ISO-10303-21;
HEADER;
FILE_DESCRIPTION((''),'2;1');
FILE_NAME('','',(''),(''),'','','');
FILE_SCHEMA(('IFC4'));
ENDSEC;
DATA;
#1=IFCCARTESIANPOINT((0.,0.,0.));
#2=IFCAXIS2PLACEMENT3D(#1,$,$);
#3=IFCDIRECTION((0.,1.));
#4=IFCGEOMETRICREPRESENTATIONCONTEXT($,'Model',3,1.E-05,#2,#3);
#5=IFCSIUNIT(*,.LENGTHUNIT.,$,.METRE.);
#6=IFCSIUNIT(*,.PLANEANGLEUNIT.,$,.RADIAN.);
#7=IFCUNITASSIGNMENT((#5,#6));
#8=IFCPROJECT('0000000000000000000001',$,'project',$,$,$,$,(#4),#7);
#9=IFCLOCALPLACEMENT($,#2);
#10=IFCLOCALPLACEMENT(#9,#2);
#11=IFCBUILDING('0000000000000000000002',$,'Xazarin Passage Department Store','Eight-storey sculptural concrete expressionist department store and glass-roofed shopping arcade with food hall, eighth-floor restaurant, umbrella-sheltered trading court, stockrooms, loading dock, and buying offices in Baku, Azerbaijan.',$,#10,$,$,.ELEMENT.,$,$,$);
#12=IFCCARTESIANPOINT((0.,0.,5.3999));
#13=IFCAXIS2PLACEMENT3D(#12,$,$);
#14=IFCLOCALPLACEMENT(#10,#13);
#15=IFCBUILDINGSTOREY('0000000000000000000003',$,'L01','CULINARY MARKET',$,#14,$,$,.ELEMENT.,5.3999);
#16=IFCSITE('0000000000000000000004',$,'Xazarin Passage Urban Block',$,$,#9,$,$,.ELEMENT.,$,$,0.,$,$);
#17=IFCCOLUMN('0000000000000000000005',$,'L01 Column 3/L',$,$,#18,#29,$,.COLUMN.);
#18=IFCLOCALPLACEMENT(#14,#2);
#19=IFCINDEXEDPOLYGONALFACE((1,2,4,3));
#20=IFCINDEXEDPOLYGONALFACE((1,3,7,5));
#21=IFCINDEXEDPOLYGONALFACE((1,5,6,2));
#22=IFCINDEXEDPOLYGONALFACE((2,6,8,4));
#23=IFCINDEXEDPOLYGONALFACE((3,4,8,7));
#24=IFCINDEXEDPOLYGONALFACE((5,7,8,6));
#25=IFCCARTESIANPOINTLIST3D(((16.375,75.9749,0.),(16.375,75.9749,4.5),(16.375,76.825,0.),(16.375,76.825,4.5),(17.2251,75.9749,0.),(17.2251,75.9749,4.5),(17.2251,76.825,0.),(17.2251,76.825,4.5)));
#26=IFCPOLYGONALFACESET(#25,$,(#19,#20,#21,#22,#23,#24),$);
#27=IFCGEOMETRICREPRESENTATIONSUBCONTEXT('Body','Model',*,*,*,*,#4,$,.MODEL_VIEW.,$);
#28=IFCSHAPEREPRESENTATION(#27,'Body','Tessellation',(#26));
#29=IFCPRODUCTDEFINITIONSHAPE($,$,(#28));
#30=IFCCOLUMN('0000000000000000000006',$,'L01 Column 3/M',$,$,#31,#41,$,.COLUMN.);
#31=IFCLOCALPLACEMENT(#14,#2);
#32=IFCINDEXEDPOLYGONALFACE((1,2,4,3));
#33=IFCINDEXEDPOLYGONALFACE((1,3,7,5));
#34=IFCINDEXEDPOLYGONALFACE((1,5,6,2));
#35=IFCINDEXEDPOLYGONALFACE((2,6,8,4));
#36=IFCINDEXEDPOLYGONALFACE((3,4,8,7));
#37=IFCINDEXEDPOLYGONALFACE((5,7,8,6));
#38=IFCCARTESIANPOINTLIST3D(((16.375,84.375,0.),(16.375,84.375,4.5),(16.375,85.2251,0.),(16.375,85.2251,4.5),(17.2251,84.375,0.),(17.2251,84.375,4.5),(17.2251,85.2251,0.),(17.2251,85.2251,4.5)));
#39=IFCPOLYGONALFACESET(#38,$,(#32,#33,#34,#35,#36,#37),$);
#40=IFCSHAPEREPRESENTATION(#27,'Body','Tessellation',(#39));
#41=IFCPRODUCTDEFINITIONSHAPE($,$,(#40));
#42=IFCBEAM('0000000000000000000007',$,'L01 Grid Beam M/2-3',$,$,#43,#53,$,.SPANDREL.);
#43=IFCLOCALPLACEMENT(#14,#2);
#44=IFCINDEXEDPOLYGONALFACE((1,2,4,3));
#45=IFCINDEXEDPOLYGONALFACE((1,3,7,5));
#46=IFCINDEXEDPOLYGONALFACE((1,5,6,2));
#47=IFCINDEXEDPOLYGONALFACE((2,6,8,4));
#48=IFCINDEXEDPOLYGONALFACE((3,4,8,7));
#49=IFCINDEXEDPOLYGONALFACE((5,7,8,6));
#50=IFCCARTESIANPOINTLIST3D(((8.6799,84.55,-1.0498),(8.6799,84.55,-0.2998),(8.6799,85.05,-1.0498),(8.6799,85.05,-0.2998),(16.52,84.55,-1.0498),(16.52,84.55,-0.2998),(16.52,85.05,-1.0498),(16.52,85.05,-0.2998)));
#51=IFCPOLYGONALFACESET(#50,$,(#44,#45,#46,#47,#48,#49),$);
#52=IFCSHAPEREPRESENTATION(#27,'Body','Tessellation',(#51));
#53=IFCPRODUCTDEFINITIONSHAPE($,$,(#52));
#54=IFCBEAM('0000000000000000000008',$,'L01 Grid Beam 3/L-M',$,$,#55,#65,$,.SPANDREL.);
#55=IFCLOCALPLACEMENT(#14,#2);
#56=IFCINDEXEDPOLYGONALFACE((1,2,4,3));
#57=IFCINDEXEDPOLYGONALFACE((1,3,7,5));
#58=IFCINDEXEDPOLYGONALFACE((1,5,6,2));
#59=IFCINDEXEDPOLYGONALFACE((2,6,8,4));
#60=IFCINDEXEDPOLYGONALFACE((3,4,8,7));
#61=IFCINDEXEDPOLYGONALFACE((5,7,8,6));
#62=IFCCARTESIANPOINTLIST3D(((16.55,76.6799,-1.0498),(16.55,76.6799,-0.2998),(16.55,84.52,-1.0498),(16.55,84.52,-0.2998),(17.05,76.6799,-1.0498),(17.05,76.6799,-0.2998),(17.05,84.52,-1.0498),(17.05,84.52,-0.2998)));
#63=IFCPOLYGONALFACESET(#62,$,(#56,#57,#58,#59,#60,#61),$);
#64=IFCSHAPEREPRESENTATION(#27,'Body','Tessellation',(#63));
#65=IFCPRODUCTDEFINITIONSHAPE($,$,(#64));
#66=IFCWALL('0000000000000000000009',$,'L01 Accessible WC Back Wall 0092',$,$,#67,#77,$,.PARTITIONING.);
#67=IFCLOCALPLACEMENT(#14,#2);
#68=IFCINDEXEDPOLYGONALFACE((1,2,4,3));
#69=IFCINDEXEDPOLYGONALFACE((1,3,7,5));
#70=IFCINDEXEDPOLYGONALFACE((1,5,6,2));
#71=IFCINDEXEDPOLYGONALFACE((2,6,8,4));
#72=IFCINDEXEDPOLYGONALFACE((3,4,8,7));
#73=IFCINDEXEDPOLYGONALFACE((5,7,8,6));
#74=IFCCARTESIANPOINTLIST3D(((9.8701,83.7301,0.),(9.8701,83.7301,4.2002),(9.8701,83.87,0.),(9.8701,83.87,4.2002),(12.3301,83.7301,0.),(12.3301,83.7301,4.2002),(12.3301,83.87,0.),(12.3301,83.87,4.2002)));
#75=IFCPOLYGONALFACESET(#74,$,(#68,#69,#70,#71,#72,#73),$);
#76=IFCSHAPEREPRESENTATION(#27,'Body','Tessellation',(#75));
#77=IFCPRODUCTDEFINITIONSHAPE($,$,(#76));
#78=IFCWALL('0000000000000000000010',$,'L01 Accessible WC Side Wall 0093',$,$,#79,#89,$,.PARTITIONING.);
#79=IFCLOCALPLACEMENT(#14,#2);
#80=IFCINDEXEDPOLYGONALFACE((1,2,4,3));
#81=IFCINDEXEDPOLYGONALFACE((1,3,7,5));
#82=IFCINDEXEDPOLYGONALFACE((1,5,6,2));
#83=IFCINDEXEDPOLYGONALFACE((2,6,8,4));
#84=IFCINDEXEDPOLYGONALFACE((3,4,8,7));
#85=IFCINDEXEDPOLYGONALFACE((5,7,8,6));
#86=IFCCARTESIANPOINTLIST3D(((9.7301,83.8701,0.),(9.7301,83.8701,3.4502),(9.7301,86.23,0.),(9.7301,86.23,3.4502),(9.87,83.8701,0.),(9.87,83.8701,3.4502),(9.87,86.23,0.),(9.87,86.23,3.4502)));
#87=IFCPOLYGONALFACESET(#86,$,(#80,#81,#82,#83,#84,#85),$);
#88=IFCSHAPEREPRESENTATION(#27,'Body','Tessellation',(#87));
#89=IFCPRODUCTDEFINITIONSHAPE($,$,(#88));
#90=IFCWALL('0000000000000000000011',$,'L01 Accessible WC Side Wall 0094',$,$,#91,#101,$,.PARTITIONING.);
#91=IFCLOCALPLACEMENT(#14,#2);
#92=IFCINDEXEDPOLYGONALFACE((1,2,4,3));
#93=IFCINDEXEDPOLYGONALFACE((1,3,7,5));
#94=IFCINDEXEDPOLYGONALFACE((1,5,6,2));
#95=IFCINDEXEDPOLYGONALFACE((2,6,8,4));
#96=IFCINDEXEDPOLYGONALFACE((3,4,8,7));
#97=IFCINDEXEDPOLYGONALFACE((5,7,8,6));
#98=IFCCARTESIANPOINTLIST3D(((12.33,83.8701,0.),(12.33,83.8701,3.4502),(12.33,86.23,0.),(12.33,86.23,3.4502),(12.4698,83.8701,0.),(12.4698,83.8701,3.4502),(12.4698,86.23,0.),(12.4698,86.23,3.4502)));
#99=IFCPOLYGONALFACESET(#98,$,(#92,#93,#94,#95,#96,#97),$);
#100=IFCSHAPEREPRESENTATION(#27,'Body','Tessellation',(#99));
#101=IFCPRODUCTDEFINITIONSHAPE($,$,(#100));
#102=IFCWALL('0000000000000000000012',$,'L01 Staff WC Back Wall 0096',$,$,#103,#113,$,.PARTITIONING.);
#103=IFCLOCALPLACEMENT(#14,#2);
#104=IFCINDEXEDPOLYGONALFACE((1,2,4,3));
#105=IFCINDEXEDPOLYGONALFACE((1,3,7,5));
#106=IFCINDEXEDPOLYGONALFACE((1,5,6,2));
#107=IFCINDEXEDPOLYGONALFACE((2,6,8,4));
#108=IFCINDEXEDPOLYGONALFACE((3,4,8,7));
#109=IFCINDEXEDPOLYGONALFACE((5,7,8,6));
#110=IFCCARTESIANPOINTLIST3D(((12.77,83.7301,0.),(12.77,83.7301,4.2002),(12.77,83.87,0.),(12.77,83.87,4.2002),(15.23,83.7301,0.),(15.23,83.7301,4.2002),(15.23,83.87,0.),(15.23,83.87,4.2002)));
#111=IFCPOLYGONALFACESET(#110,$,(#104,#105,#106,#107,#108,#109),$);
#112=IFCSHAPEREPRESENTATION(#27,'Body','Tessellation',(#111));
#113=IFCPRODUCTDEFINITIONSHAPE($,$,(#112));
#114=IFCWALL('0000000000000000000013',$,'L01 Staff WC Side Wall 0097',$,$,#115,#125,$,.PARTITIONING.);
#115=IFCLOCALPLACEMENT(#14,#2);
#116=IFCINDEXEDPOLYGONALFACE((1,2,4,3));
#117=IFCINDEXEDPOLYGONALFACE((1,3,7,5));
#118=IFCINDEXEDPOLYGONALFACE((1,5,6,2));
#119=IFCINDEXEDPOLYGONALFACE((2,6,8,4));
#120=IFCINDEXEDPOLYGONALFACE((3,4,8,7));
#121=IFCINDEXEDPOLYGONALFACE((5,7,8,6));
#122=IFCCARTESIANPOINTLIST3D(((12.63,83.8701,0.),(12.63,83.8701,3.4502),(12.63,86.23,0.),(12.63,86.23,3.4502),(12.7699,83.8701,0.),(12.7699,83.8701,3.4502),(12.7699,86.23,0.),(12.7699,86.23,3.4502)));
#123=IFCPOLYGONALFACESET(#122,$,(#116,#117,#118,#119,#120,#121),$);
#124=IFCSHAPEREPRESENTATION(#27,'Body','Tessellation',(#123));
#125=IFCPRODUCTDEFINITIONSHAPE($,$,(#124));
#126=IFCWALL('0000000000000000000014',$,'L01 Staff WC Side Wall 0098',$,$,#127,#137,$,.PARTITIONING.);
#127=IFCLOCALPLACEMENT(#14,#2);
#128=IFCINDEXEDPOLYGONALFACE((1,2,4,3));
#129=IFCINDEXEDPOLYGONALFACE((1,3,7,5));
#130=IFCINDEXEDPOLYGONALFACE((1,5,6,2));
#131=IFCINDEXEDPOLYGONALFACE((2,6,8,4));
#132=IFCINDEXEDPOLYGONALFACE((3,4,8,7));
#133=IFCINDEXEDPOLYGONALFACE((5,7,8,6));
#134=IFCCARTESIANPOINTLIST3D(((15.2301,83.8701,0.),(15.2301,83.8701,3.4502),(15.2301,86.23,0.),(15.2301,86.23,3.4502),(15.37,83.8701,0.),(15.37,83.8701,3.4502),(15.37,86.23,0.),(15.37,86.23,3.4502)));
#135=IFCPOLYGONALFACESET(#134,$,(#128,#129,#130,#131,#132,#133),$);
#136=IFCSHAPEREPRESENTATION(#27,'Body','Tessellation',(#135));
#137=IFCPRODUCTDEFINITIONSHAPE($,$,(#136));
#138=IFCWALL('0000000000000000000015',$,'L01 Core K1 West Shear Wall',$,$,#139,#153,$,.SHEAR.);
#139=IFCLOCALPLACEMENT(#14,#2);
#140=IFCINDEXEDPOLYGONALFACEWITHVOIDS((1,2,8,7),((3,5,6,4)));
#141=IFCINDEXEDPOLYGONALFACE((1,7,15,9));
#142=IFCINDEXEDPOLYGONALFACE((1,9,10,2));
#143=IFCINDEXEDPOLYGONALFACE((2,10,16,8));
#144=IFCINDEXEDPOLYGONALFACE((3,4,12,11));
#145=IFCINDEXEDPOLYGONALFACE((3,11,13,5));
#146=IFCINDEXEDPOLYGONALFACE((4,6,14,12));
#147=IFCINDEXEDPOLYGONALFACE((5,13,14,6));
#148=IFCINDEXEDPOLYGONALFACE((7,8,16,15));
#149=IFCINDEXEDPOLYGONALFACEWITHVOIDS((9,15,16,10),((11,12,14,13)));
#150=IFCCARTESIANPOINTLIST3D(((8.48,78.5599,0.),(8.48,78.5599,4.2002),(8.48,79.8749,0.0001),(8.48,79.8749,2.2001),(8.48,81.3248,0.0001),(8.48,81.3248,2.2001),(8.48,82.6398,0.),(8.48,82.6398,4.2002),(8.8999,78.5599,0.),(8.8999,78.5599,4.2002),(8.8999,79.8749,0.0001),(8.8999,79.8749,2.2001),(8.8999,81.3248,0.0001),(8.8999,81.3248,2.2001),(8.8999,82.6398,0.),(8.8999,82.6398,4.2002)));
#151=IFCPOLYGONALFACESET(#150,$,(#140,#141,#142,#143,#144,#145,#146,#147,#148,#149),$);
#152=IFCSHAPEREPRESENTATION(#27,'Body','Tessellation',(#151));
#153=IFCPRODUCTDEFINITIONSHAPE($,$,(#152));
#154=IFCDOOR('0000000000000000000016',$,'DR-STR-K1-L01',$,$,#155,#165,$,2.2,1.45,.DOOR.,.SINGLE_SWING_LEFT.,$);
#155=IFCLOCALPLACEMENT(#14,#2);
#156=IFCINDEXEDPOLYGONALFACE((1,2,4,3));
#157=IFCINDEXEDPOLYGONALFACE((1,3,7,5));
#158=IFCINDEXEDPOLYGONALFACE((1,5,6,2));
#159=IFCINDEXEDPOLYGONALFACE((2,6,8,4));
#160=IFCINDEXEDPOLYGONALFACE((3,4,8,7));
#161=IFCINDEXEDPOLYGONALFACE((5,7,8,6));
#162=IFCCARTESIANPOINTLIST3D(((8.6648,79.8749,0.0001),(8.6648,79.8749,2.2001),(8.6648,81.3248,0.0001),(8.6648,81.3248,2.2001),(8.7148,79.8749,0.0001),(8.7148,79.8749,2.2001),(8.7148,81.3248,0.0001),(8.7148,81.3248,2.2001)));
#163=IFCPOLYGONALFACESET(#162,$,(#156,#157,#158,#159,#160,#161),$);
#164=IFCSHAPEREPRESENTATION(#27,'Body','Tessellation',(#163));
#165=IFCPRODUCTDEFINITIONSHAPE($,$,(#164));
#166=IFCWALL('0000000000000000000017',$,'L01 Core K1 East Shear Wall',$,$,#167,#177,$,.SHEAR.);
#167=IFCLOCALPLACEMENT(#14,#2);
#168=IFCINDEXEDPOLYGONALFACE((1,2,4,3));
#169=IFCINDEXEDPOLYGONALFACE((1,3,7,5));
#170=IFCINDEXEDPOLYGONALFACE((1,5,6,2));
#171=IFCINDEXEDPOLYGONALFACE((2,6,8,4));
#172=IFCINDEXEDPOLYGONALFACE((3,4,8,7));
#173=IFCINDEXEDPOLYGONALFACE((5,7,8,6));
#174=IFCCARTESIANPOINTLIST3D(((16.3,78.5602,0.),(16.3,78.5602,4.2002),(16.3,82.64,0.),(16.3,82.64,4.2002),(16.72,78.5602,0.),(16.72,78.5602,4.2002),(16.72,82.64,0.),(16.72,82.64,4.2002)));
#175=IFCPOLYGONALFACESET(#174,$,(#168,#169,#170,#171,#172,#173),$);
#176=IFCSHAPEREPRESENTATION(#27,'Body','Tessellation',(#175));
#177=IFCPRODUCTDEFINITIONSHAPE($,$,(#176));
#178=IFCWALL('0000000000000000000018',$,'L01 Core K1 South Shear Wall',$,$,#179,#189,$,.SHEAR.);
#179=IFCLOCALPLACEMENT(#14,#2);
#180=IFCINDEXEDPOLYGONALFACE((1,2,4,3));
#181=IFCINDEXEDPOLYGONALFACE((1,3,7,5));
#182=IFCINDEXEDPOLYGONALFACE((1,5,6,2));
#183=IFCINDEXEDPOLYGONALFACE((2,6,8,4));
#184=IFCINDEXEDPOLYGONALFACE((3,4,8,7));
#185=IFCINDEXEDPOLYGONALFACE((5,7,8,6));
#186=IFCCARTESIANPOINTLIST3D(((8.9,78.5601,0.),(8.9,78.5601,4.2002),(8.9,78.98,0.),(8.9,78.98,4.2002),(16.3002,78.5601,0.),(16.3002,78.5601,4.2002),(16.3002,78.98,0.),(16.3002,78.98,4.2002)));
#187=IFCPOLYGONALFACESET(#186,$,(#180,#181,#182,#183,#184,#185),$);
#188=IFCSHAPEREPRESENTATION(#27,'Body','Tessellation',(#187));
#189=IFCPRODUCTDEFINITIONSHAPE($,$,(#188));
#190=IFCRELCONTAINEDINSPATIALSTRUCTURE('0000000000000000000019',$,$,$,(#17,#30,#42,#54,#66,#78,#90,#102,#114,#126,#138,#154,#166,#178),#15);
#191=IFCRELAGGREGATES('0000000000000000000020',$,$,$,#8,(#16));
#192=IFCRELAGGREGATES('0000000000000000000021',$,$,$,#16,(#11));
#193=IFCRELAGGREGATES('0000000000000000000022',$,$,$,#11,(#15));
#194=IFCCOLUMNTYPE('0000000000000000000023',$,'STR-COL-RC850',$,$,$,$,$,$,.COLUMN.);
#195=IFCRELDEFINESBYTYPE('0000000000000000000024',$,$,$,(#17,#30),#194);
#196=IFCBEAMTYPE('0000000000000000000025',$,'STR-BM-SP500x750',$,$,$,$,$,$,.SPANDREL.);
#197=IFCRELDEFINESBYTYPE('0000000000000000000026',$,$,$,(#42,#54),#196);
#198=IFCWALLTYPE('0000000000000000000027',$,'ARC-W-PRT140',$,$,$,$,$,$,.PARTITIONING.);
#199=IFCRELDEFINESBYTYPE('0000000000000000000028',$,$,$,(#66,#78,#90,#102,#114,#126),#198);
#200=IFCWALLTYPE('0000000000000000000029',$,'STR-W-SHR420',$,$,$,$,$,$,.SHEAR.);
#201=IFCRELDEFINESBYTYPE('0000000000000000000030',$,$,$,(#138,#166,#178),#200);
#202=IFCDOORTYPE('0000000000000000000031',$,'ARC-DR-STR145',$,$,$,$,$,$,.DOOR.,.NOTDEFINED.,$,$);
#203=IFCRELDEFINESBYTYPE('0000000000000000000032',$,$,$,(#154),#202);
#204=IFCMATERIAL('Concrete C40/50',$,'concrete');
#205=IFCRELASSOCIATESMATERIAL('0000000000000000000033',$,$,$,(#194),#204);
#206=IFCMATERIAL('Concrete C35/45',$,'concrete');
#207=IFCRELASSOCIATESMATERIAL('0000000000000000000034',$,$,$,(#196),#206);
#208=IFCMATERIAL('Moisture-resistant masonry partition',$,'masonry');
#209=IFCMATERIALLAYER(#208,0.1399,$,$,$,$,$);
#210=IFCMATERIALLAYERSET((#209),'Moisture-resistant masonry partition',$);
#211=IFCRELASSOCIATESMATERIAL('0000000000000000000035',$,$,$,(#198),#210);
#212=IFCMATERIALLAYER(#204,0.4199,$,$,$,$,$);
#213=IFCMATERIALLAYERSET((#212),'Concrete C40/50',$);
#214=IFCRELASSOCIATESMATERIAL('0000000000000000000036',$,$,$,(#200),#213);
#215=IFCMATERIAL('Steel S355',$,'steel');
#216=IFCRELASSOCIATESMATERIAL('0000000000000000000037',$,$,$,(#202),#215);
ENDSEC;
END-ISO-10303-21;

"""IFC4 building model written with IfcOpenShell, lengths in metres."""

from ifc_helpers import new_model, si_unit, direction, frame, frame_2d, origin, origin_2d, place, context, subcontext, project, spatial, rectangle, extrude, material, layer, layer_set, material_profile, profile_set, type_object, element, fill, save


model = new_model("IFC4")

# Units and contexts
model_context = context("Model", 3, precision=1e-05, world=origin(), true_north=direction((0.0, 1.0)))
body_context = subcontext(model_context, "Body", "Model", "MODEL_VIEW")
ifc_project = project(units=[si_unit("LENGTHUNIT", "METRE"), si_unit("PLANEANGLEUNIT", "RADIAN")], contexts=[model_context])

# Site, building, storey
site_placement = place(None, origin())
site = spatial("IfcSite", under=ifc_project, at=site_placement, Name="Xazarin Passage Urban Block", CompositionType="ELEMENT", RefElevation=0.0)
building_placement = place(site_placement, origin())
building = spatial("IfcBuilding", under=site, at=building_placement, Name="Xazarin Passage Department Store", Description="Eight-storey sculptural concrete expressionist department store and glass-roofed shopping arcade with food hall, eighth-floor restaurant, umbrella-sheltered trading court, stockrooms, loading dock, and buying offices in Baku, Azerbaijan.", CompositionType="ELEMENT")
storey_placement = place(building_placement, frame((0.0, 0.0, 5.3999)))
storey = spatial("IfcBuildingStorey", under=building, at=storey_placement, Name="L01", Description="CULINARY MARKET", CompositionType="ELEMENT", Elevation=5.3999)

# Columns
ifc_material_1 = material(Name="Concrete C40/50", Category="concrete")
ifc_material_profile_1 = material_profile(ifc_material_1, rectangle(XDim=0.8501, YDim=0.8501, at=origin_2d()), Name="RC 850x850")
ifc_profile_set_1 = profile_set([ifc_material_profile_1], Name="Concrete C40/50")
column_type = type_object("IfcColumnType", Name="STR-COL-RC850", PredefinedType="COLUMN", material=ifc_profile_set_1)
for number, where, z_axis, x_axis, name in (
    (1, (16.8, 76.3999, 0.0), (0.0, 0.0, 1.0), (1.0, 0.0, 0.0), "L01 Column 3/L"),
    (2, (16.8, 84.8, 0.0), (0.0, 0.0, 1.0), (1.0, 0.0, 0.0), "L01 Column 3/M"),
):
    element("IfcColumn", number, at=place(storey_placement, frame(where, z_axis=z_axis, x_axis=x_axis)), inside=storey, type_object=column_type, Name=name, PredefinedType="COLUMN", context=body_context, shape_type="SweptSolid", body=[
        extrude(rectangle(XDim=0.8501, YDim=0.8501, at=origin_2d()), origin(), (0.0, 0.0, 1.0), 4.5),
    ])

# Beams
ifc_material_2 = material(Name="Concrete C35/45", Category="concrete")
ifc_material_profile_2 = material_profile(ifc_material_2, rectangle(XDim=0.5, YDim=0.75, at=origin_2d()), Name="RC 500x750")
ifc_profile_set_2 = profile_set([ifc_material_profile_2], Name="Concrete C35/45")
beam_type = type_object("IfcBeamType", Name="STR-BM-SP500x750", PredefinedType="SPANDREL", material=ifc_profile_set_2)
for number, where, z_axis, x_axis, name in (
    (3, (8.6799, 84.8, -0.6748), (1.0, 0.0, 0.0), (0.0, 1.0, 0.0), "L01 Grid Beam M/2-3"),
    (4, (16.8, 76.6799, -0.6748), (0.0, 1.0, 0.0), (-1.0, 0.0, 0.0), "L01 Grid Beam 3/L-M"),
):
    element("IfcBeam", number, at=place(storey_placement, frame(where, z_axis=z_axis, x_axis=x_axis)), inside=storey, type_object=beam_type, Name=name, PredefinedType="SPANDREL", context=body_context, shape_type="SweptSolid", body=[
        extrude(rectangle(XDim=0.5, YDim=0.75, at=origin_2d()), origin(), (0.0, 0.0, 1.0), 7.8401),
    ])

# Walls
ifc_material_3 = material(Name="Moisture-resistant masonry partition", Category="masonry")
ifc_layer_1 = layer(ifc_material_3, 0.1399)
ifc_layer_set_1 = layer_set([ifc_layer_1], Name="Moisture-resistant masonry partition")
wall_type_1 = type_object("IfcWallType", Name="ARC-W-PRT140", PredefinedType="PARTITIONING", material=ifc_layer_set_1)
wall_1_placement = place(storey_placement, frame((9.8701, 83.8, 0.0), z_axis=(0.0, 0.0, 1.0), x_axis=(1.0, 0.0, 0.0)))
element("IfcWall", 5, at=wall_1_placement, inside=storey, type_object=wall_type_1, Name="L01 Accessible WC Back Wall 0092", PredefinedType="PARTITIONING", context=body_context, shape_type="SweptSolid", body=[
    extrude(rectangle(XDim=2.46, YDim=0.1399, at=frame_2d((1.23, 0.0))), origin(), (0.0, 0.0, 1.0), 4.2002),
])
for number, where, z_axis, x_axis, name in (
    (6, (9.8, 83.8701, 0.0), (0.0, 0.0, 1.0), (0.0, 1.0, 0.0), "L01 Accessible WC Side Wall 0093"),
    (7, (12.3999, 83.8701, 0.0), (0.0, 0.0, 1.0), (0.0, 1.0, 0.0), "L01 Accessible WC Side Wall 0094"),
):
    element("IfcWall", number, at=place(storey_placement, frame(where, z_axis=z_axis, x_axis=x_axis)), inside=storey, type_object=wall_type_1, Name=name, PredefinedType="PARTITIONING", context=body_context, shape_type="SweptSolid", body=[
        extrude(rectangle(XDim=2.3599, YDim=0.1399, at=frame_2d((1.1799, 0.0))), origin(), (0.0, 0.0, 1.0), 3.4502),
    ])
wall_2_placement = place(storey_placement, frame((12.77, 83.8, 0.0), z_axis=(0.0, 0.0, 1.0), x_axis=(1.0, 0.0, 0.0)))
element("IfcWall", 8, at=wall_2_placement, inside=storey, type_object=wall_type_1, Name="L01 Staff WC Back Wall 0096", PredefinedType="PARTITIONING", context=body_context, shape_type="SweptSolid", body=[
    extrude(rectangle(XDim=2.46, YDim=0.1399, at=frame_2d((1.23, 0.0))), origin(), (0.0, 0.0, 1.0), 4.2002),
])
for number, where, z_axis, x_axis, name in (
    (9, (12.7, 83.8701, 0.0), (0.0, 0.0, 1.0), (0.0, 1.0, 0.0), "L01 Staff WC Side Wall 0097"),
    (10, (15.3, 83.8701, 0.0), (0.0, 0.0, 1.0), (0.0, 1.0, 0.0), "L01 Staff WC Side Wall 0098"),
):
    element("IfcWall", number, at=place(storey_placement, frame(where, z_axis=z_axis, x_axis=x_axis)), inside=storey, type_object=wall_type_1, Name=name, PredefinedType="PARTITIONING", context=body_context, shape_type="SweptSolid", body=[
        extrude(rectangle(XDim=2.3599, YDim=0.1399, at=frame_2d((1.1799, 0.0))), origin(), (0.0, 0.0, 1.0), 3.4502),
    ])

# Wall, opening, door
ifc_layer_2 = layer(ifc_material_1, 0.4199)
ifc_layer_set_2 = layer_set([ifc_layer_2], Name="Concrete C40/50")
wall_type_2 = type_object("IfcWallType", Name="STR-W-SHR420", PredefinedType="SHEAR", material=ifc_layer_set_2)
wall_3_placement = place(storey_placement, frame((8.6899, 82.6399, 0.0), z_axis=(0.0, 0.0, 1.0), x_axis=(0.0, -1.0, 0.0)))
wall_3 = element("IfcWall", 11, at=wall_3_placement, inside=storey, type_object=wall_type_2, Name="L01 Core K1 West Shear Wall", PredefinedType="SHEAR", context=body_context, shape_type="SweptSolid", body=[
    extrude(rectangle(XDim=4.0798, YDim=0.4199, at=frame_2d((2.04, 0.0))), origin(), (0.0, 0.0, 1.0), 4.2002),
])
opening_placement = place(wall_3_placement, frame((1.3149, 0.0, 0.0)))
opening = element("IfcOpeningElement", 12, at=opening_placement, cuts=wall_3, PredefinedType="OPENING", context=body_context, shape_type="SweptSolid", body=[
    extrude(rectangle(XDim=1.45, YDim=2.2, at=frame_2d((0.7251, 1.1001))), frame((0.0, 0.22, 0.0), z_axis=(0.0, -1.0, 0.0), x_axis=(1.0, 0.0, 0.0)), (0.0, 0.0, 1.0), 0.4399),
])
ifc_material_4 = material(Name="Steel S355", Category="steel")
door_type = type_object("IfcDoorType", Name="ARC-DR-STR145", OperationType="NOTDEFINED", PredefinedType="DOOR", material=ifc_material_4)
door_placement = place(opening_placement, origin())
door = element("IfcDoor", 13, at=door_placement, inside=storey, type_object=door_type, Name="DR-STR-K1-L01", OperationType="SINGLE_SWING_LEFT", OverallHeight=2.2, OverallWidth=1.45, PredefinedType="DOOR", context=body_context, shape_type="SweptSolid", body=[
    extrude(rectangle(XDim=1.45, YDim=2.2, at=frame_2d((0.7251, 1.1001))), frame((0.0, 0.0249, 0.0), z_axis=(0.0, -1.0, 0.0), x_axis=(1.0, 0.0, 0.0)), (0.0, 0.0, 1.0), 0.05),
])
fill(opening, door)

# Walls
wall_4_placement = place(storey_placement, frame((16.51, 78.5601, 0.0), z_axis=(0.0, 0.0, 1.0), x_axis=(0.0, 1.0, 0.0)))
element("IfcWall", 14, at=wall_4_placement, inside=storey, type_object=wall_type_2, Name="L01 Core K1 East Shear Wall", PredefinedType="SHEAR", context=body_context, shape_type="SweptSolid", body=[
    extrude(rectangle(XDim=4.0798, YDim=0.4199, at=frame_2d((2.04, 0.0))), origin(), (0.0, 0.0, 1.0), 4.2002),
])
for number, where, z_axis, x_axis, name in (
    (15, (8.8999, 78.77, 0.0), (0.0, 0.0, 1.0), (1.0, 0.0, 0.0), "L01 Core K1 South Shear Wall"),
):
    element("IfcWall", number, at=place(storey_placement, frame(where, z_axis=z_axis, x_axis=x_axis)), inside=storey, type_object=wall_type_2, Name=name, PredefinedType="SHEAR", context=body_context, shape_type="SweptSolid", body=[
        extrude(rectangle(XDim=7.4001, YDim=0.4199, at=frame_2d((3.7002, 0.0))), origin(), (0.0, 0.0, 1.0), 4.2002),
    ])

save(model, "model.ifc")
